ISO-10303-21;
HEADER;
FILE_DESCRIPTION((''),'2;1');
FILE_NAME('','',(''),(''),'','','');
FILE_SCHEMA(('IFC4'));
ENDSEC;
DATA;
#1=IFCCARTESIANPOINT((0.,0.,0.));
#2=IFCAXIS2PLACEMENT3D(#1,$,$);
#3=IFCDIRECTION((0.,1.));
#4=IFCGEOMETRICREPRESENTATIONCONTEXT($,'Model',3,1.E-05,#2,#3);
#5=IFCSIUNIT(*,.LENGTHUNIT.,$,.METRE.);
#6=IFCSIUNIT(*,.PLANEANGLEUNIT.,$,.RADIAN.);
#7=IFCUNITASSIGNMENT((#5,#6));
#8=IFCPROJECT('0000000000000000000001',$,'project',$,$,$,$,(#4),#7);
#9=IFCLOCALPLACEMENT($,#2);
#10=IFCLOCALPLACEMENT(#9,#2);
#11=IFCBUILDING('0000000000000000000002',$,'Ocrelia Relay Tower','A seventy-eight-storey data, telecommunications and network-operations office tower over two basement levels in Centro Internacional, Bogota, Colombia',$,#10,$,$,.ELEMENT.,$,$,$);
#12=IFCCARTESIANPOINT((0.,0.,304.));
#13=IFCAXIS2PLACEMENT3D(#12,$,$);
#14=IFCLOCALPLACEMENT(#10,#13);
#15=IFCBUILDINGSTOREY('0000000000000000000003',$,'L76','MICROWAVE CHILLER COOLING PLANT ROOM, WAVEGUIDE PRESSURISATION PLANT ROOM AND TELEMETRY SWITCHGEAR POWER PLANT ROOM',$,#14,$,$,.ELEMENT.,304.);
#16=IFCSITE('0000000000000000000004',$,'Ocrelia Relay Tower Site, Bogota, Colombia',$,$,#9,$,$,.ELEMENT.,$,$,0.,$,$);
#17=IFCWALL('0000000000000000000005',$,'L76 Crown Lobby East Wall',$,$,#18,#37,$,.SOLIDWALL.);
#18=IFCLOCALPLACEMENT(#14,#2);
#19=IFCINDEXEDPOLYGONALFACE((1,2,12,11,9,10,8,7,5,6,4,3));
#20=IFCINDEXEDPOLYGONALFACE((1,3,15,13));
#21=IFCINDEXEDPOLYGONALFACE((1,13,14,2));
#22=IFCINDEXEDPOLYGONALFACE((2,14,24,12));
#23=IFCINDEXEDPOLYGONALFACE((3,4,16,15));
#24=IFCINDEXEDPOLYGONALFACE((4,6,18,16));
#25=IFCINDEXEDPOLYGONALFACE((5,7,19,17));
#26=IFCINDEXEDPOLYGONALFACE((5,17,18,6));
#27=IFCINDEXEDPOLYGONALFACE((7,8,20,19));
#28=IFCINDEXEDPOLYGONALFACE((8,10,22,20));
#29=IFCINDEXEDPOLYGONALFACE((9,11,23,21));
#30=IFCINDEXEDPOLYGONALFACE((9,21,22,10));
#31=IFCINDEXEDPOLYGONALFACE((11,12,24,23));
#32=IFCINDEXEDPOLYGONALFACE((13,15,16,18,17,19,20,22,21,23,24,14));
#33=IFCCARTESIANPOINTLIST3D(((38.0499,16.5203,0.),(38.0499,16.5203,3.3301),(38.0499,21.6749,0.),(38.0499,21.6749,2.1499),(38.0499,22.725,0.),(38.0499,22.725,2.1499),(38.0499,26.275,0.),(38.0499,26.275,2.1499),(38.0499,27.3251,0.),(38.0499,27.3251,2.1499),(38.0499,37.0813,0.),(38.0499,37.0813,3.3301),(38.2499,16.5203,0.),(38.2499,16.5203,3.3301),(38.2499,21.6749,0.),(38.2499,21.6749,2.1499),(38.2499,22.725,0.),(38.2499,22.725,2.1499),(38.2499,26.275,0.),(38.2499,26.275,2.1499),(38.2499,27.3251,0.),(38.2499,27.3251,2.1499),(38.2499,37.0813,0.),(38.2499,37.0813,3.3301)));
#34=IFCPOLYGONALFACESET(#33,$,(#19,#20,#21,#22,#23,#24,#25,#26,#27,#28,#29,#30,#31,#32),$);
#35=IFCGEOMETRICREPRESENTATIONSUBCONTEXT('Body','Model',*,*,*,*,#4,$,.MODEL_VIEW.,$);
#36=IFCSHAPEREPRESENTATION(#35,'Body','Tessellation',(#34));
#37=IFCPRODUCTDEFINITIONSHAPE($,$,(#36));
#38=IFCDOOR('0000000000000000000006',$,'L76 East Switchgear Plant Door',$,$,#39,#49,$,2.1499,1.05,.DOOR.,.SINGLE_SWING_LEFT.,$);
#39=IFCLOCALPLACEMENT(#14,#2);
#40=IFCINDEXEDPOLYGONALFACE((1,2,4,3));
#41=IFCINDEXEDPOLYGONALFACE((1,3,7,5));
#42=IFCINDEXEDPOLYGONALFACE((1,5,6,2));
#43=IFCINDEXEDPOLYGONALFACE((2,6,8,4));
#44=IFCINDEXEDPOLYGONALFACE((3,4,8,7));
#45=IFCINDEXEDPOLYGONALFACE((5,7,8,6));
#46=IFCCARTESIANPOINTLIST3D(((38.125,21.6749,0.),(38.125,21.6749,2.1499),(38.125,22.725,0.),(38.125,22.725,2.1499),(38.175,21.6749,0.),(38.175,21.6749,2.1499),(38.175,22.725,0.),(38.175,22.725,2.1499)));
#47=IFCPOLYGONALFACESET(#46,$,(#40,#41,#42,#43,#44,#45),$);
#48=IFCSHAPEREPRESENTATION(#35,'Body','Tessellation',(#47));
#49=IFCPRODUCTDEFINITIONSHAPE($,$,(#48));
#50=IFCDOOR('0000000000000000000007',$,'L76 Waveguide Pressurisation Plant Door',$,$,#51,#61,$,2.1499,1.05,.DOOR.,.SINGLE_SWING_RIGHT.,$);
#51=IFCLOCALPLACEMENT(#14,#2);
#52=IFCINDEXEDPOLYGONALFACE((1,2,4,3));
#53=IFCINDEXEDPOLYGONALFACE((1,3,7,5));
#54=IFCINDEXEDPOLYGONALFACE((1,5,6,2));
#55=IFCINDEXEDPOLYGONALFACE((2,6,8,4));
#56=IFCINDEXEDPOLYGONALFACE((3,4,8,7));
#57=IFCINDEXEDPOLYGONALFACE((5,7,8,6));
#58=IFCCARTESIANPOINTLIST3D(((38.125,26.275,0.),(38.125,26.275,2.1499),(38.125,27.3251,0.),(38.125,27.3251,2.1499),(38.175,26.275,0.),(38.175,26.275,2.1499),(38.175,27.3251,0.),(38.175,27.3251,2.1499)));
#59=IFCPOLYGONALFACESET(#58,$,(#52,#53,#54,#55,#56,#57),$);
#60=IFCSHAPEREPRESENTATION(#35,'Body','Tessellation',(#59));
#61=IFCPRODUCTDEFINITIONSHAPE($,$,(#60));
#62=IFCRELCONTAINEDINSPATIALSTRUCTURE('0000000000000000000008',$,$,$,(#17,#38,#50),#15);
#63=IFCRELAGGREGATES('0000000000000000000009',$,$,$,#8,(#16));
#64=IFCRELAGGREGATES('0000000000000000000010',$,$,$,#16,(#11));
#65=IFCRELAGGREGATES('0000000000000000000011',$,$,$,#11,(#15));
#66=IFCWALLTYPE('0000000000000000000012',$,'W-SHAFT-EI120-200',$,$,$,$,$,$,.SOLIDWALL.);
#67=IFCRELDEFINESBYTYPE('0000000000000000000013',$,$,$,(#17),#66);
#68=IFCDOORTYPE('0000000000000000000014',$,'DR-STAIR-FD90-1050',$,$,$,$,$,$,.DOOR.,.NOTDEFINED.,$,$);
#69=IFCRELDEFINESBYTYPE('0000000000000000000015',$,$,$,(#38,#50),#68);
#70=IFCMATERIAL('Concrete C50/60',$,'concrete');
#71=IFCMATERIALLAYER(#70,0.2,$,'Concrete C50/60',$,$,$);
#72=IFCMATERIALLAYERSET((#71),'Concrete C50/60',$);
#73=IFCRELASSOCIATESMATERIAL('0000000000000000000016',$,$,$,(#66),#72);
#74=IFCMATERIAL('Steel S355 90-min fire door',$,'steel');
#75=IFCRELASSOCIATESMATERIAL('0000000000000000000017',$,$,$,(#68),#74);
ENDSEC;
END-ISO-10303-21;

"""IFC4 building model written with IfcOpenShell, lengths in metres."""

from ifc_helpers import new_model, si_unit, direction, frame, frame_2d, origin, place, context, subcontext, project, spatial, rectangle, extrude, material, layer, layer_set, type_object, element, fill, save


model = new_model("IFC4")

# Units and contexts
model_context = context("Model", 3, precision=1e-05, world=origin(), true_north=direction((0.0, 1.0)))
body_context = subcontext(model_context, "Body", "Model", "MODEL_VIEW")
ifc_project = project(units=[si_unit("LENGTHUNIT", "METRE"), si_unit("PLANEANGLEUNIT", "RADIAN")], contexts=[model_context])

# Site, building, storey
site_placement = place(None, origin())
site = spatial("IfcSite", under=ifc_project, at=site_placement, Name="Ocrelia Relay Tower Site, Bogota, Colombia", CompositionType="ELEMENT", RefElevation=0.0)
building_placement = place(site_placement, origin())
building = spatial("IfcBuilding", under=site, at=building_placement, Name="Ocrelia Relay Tower", Description="A seventy-eight-storey data, telecommunications and network-operations office tower over two basement levels in Centro Internacional, Bogota, Colombia", CompositionType="ELEMENT")
storey_placement = place(building_placement, frame((0.0, 0.0, 304.0)))
storey = spatial("IfcBuildingStorey", under=building, at=storey_placement, Name="L76", Description="MICROWAVE CHILLER COOLING PLANT ROOM, WAVEGUIDE PRESSURISATION PLANT ROOM AND TELEMETRY SWITCHGEAR POWER PLANT ROOM", CompositionType="ELEMENT", Elevation=304.0)

# Wall, openings, doors
ifc_material_1 = material(Name="Concrete C50/60", Category="concrete")
ifc_layer_1 = layer(ifc_material_1, 0.2, Name="Concrete C50/60")
ifc_layer_set_1 = layer_set([ifc_layer_1], Name="Concrete C50/60")
wall_type = type_object("IfcWallType", Name="W-SHAFT-EI120-200", PredefinedType="SOLIDWALL", material=ifc_layer_set_1)
wall_placement = place(storey_placement, frame((38.1499, 16.5203, 0.0), z_axis=(0.0, 0.0, 1.0), x_axis=(0.0, 1.0, 0.0)))
wall = element("IfcWall", 1, at=wall_placement, inside=storey, type_object=wall_type, Name="L76 Crown Lobby East Wall", PredefinedType="SOLIDWALL", context=body_context, shape_type="SweptSolid", body=[
    extrude(rectangle(XDim=20.561, YDim=0.2, at=frame_2d((10.2805, 0.0))), origin(), (0.0, 0.0, 1.0), 3.3301),
])
opening_1_placement = place(wall_placement, frame((5.1548, 0.0, 0.0)))
opening_1 = element("IfcOpeningElement", 2, at=opening_1_placement, cuts=wall, PredefinedType="OPENING", context=body_context, shape_type="SweptSolid", body=[
    extrude(rectangle(XDim=1.05, YDim=2.1499, at=frame_2d((0.5249, 1.075))), frame((0.0, 0.1099, 0.0), z_axis=(0.0, -1.0, 0.0), x_axis=(1.0, 0.0, 0.0)), (0.0, 0.0, 1.0), 0.22),
])
opening_2_placement = place(wall_placement, frame((9.7549, 0.0, 0.0)))
opening_2 = element("IfcOpeningElement", 3, at=opening_2_placement, cuts=wall, PredefinedType="OPENING", context=body_context, shape_type="SweptSolid", body=[
    extrude(rectangle(XDim=1.05, YDim=2.1499, at=frame_2d((0.5249, 1.075))), frame((0.0, 0.1099, 0.0), z_axis=(0.0, -1.0, 0.0), x_axis=(1.0, 0.0, 0.0)), (0.0, 0.0, 1.0), 0.22),
])
ifc_material_2 = material(Name="Steel S355 90-min fire door", Category="steel")
door_type = type_object("IfcDoorType", Name="DR-STAIR-FD90-1050", OperationType="NOTDEFINED", PredefinedType="DOOR", material=ifc_material_2)
door_1_placement = place(opening_1_placement, origin())
door_1 = element("IfcDoor", 4, at=door_1_placement, inside=storey, type_object=door_type, Name="L76 East Switchgear Plant Door", OperationType="SINGLE_SWING_LEFT", OverallHeight=2.1499, OverallWidth=1.05, PredefinedType="DOOR", context=body_context, shape_type="SweptSolid", body=[
    extrude(rectangle(XDim=1.05, YDim=2.1499, at=frame_2d((0.5249, 1.075))), frame((0.0, 0.0249, 0.0), z_axis=(0.0, -1.0, 0.0), x_axis=(1.0, 0.0, 0.0)), (0.0, 0.0, 1.0), 0.05),
])
fill(opening_1, door_1)
door_2_placement = place(opening_2_placement, origin())
door_2 = element("IfcDoor", 5, at=door_2_placement, inside=storey, type_object=door_type, Name="L76 Waveguide Pressurisation Plant Door", OperationType="SINGLE_SWING_RIGHT", OverallHeight=2.1499, OverallWidth=1.05, PredefinedType="DOOR", context=body_context, shape_type="SweptSolid", body=[
    extrude(rectangle(XDim=1.05, YDim=2.1499, at=frame_2d((0.5249, 1.075))), frame((0.0, 0.0249, 0.0), z_axis=(0.0, -1.0, 0.0), x_axis=(1.0, 0.0, 0.0)), (0.0, 0.0, 1.0), 0.05),
])
fill(opening_2, door_2)

save(model, "model.ifc")
